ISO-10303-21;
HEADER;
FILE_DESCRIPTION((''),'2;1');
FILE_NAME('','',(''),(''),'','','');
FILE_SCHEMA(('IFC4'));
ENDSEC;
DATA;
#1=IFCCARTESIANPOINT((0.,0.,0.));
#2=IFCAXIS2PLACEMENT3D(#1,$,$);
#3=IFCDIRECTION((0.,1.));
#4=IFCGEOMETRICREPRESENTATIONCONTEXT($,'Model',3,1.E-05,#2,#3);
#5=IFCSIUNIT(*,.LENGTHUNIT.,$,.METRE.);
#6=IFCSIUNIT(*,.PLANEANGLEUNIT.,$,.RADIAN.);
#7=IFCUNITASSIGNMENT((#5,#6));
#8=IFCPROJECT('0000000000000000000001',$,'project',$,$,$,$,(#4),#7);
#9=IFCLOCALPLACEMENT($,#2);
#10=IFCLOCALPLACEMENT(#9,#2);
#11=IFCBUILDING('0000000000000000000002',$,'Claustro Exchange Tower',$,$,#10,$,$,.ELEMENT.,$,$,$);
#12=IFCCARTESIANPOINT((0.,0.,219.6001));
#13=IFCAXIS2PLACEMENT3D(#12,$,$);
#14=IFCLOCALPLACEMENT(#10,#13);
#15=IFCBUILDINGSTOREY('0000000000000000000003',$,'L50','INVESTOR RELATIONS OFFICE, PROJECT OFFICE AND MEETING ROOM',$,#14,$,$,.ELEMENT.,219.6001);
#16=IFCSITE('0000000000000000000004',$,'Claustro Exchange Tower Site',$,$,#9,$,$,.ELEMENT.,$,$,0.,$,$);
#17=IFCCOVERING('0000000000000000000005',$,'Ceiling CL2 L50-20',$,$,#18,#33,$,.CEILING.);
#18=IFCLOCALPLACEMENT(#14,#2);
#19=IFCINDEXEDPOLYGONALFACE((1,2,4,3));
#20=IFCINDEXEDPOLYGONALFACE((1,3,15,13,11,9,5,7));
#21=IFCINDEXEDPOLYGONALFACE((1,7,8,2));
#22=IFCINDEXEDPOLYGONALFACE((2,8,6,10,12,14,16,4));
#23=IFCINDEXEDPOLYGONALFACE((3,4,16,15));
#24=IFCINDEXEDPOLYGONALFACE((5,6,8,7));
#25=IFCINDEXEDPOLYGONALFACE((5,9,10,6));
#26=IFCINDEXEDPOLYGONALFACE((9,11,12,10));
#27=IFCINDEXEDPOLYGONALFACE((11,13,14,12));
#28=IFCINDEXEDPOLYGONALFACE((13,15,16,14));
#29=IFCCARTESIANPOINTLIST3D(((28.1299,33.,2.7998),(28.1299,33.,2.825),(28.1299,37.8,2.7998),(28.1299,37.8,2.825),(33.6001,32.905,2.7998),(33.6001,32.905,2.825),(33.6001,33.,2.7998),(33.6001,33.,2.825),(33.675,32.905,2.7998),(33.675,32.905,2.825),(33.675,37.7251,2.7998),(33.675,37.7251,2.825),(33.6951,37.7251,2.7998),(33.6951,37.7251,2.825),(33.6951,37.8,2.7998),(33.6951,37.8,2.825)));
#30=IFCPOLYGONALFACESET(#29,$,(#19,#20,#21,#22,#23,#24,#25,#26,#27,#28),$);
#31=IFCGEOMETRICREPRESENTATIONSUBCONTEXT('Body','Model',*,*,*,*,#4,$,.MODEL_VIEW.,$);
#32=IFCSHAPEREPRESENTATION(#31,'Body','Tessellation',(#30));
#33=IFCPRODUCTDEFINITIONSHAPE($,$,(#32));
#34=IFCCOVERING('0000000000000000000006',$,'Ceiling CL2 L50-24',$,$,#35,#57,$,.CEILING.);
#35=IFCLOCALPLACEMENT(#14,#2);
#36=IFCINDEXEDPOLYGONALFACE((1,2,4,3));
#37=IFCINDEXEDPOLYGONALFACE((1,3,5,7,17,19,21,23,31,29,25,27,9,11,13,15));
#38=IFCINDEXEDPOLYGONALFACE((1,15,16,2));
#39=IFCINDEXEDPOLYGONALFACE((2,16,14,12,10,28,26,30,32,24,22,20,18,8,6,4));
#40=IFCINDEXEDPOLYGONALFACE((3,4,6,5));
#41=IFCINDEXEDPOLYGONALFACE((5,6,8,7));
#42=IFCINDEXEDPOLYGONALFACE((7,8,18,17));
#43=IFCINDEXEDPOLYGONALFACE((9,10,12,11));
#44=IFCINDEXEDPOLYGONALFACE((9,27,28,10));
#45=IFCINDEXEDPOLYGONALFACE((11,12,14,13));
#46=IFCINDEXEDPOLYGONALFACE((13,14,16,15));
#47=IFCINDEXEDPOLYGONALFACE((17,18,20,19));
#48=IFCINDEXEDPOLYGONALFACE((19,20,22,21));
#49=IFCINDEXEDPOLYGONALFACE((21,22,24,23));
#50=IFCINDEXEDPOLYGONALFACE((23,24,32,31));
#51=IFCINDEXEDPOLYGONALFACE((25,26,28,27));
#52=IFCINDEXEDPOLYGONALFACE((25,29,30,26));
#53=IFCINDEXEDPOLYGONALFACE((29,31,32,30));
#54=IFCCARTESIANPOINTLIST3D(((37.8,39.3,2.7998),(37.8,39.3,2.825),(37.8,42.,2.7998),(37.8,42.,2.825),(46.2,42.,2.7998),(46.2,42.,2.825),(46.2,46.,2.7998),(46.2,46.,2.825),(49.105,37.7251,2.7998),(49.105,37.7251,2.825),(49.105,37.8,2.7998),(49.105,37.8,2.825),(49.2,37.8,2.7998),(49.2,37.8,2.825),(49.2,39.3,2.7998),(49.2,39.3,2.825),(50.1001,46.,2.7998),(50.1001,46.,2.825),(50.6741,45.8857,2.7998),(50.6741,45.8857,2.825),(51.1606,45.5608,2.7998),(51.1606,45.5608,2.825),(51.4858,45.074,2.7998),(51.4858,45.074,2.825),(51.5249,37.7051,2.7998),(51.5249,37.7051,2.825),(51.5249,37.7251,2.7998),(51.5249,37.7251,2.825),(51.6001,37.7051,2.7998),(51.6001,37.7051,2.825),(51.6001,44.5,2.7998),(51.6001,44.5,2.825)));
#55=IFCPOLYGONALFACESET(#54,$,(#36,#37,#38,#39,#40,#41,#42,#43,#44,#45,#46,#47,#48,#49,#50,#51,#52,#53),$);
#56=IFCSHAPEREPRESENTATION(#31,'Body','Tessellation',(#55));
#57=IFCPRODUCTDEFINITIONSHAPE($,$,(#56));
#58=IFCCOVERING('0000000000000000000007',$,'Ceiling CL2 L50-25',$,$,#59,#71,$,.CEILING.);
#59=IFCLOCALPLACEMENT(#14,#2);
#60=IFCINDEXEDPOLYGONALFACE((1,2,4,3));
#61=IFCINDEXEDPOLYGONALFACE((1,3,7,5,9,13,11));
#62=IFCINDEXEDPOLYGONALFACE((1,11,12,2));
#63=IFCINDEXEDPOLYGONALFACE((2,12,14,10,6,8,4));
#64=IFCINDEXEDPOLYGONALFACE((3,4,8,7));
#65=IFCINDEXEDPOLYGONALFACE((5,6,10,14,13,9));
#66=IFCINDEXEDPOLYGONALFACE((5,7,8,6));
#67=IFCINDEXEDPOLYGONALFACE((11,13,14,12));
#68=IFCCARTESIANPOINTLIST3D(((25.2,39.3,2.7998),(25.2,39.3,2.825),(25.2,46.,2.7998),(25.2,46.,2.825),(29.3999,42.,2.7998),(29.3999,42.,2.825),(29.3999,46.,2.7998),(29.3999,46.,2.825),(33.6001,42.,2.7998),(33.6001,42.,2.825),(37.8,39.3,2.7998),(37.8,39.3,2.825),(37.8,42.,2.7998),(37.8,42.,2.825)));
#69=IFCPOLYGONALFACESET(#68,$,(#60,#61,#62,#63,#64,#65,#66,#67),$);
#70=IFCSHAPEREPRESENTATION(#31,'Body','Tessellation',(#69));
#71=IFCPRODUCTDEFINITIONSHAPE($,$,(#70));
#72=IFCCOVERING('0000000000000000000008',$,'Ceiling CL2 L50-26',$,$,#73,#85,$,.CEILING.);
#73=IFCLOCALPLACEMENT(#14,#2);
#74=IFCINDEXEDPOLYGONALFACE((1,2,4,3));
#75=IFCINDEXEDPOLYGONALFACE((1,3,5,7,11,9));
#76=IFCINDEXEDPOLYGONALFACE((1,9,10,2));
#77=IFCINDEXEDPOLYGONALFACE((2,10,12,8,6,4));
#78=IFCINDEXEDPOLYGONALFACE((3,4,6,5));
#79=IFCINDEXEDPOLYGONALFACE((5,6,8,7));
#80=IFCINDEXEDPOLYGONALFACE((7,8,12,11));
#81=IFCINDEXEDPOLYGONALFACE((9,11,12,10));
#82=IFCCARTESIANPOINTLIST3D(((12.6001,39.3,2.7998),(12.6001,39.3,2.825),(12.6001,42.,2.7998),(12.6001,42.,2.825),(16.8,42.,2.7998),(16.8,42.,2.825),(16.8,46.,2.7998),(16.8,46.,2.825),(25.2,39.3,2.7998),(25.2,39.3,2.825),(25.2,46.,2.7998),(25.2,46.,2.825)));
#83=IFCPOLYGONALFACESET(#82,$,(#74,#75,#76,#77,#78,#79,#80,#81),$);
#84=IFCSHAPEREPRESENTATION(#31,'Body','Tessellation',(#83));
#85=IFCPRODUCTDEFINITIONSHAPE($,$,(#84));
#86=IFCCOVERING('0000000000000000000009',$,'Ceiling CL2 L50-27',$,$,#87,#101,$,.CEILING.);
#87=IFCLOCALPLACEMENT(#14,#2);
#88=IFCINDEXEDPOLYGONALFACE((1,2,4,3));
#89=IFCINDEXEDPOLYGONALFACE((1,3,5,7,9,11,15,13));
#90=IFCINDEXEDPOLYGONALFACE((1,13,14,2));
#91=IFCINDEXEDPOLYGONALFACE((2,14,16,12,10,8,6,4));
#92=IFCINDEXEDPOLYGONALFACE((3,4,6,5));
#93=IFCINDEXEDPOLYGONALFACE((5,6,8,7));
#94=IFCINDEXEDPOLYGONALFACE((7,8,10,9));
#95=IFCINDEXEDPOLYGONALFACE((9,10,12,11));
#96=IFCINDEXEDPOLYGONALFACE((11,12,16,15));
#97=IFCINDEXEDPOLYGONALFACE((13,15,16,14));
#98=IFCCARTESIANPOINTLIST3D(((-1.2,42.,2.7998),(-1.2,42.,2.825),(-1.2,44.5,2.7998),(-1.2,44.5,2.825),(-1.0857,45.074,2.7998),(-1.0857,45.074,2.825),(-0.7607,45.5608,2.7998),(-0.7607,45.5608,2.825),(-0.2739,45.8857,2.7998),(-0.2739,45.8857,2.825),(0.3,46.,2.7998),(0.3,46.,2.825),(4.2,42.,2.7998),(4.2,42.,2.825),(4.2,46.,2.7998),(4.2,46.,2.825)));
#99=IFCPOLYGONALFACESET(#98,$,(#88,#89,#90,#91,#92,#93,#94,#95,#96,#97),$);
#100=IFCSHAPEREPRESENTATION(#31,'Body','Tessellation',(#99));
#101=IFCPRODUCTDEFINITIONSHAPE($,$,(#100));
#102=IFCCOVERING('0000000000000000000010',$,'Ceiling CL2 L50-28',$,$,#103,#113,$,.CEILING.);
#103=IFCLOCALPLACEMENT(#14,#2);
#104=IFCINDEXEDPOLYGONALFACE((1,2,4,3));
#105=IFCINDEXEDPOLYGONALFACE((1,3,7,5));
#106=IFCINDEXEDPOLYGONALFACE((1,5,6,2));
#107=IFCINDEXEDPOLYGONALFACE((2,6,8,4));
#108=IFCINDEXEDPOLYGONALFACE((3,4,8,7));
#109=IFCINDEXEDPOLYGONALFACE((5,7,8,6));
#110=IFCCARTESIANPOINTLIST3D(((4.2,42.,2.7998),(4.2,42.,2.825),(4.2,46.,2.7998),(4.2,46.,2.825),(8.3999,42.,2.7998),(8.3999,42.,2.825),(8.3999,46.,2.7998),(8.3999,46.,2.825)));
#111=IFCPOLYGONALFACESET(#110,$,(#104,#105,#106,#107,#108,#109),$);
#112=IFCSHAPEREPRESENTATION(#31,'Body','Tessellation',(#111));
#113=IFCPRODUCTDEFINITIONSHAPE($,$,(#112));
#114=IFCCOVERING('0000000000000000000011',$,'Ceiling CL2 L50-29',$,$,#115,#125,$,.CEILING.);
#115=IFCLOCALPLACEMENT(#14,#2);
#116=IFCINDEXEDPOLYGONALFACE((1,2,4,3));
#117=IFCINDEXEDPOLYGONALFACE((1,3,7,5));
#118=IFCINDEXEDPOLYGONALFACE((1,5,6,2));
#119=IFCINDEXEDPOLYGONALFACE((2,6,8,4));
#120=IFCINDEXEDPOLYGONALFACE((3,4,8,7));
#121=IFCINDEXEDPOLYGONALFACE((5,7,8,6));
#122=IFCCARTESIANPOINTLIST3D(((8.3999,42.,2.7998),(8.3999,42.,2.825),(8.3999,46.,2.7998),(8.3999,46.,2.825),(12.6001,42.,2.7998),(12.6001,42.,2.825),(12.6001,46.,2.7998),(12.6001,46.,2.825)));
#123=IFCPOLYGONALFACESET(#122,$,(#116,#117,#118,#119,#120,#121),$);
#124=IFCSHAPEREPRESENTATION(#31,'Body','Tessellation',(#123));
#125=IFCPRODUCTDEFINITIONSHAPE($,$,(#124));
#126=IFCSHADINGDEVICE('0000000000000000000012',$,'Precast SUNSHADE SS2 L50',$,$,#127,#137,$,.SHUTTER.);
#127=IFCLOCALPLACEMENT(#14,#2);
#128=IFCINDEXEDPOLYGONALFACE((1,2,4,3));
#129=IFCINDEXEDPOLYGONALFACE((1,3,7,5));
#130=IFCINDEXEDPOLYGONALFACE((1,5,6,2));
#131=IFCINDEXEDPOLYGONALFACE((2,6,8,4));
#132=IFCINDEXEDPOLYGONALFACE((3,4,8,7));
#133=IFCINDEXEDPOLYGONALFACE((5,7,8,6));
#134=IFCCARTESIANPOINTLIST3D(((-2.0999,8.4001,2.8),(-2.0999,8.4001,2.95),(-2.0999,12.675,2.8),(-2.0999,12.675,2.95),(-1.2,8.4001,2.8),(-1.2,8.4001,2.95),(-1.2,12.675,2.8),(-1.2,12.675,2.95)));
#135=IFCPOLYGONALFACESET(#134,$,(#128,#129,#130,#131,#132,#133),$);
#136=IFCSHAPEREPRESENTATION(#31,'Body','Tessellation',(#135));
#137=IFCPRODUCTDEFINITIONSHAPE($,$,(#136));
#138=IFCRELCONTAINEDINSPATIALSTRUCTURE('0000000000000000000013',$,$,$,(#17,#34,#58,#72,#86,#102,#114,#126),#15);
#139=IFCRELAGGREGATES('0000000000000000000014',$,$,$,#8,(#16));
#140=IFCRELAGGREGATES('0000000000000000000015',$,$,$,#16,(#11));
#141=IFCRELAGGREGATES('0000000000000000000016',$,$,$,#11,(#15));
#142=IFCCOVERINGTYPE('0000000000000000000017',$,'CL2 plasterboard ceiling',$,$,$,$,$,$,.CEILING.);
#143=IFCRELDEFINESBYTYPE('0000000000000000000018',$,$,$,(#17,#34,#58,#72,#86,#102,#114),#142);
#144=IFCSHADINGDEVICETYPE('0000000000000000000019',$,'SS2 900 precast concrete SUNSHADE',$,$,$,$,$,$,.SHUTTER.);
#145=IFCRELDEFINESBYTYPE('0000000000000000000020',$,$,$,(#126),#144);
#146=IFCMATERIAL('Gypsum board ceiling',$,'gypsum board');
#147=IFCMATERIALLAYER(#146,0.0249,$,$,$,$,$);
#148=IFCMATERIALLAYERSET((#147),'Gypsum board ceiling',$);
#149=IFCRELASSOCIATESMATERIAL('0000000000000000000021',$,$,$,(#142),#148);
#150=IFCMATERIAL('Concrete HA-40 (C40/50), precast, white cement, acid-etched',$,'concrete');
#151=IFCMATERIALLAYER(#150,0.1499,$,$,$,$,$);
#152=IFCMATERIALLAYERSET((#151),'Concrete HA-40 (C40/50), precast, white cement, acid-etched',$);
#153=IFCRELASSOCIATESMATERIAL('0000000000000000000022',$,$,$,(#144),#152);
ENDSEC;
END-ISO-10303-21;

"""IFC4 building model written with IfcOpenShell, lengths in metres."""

from ifc_helpers import new_model, si_unit, direction, frame, origin, origin_2d, place, context, subcontext, project, spatial, polyline, rectangle, outline, extrude, material, layer, layer_set, type_object, element, save


model = new_model("IFC4")

# Units and contexts
model_context = context("Model", 3, precision=1e-05, world=origin(), true_north=direction((0.0, 1.0)))
body_context = subcontext(model_context, "Body", "Model", "MODEL_VIEW")
ifc_project = project(units=[si_unit("LENGTHUNIT", "METRE"), si_unit("PLANEANGLEUNIT", "RADIAN")], contexts=[model_context])

# Site, building, storey
site_placement = place(None, origin())
site = spatial("IfcSite", under=ifc_project, at=site_placement, Name="Claustro Exchange Tower Site", CompositionType="ELEMENT", RefElevation=0.0)
building_placement = place(site_placement, origin())
building = spatial("IfcBuilding", under=site, at=building_placement, Name="Claustro Exchange Tower", CompositionType="ELEMENT")
storey_placement = place(building_placement, frame((0.0, 0.0, 219.6001)))
storey = spatial("IfcBuildingStorey", under=building, at=storey_placement, Name="L50", Description="INVESTOR RELATIONS OFFICE, PROJECT OFFICE AND MEETING ROOM", CompositionType="ELEMENT", Elevation=219.6001)

# Coverings
ifc_material_1 = material(Name="Gypsum board ceiling", Category="gypsum board")
ifc_layer_1 = layer(ifc_material_1, 0.0249)
ifc_layer_set_1 = layer_set([ifc_layer_1], Name="Gypsum board ceiling")
covering_type_1 = type_object("IfcCoveringType", Name="CL2 plasterboard ceiling", PredefinedType="CEILING", material=ifc_layer_set_1)
covering_1_placement = place(storey_placement, frame((0.0, 0.0, 2.7998)))
element("IfcCovering", 1, at=covering_1_placement, inside=storey, type_object=covering_type_1, Name="Ceiling CL2 L50-20", PredefinedType="CEILING", context=body_context, shape_type="SweptSolid", body=[
    extrude(outline(polyline([(33.6001, 33.0), (33.6001, 32.905), (33.675, 32.905), (33.675, 37.7251), (33.6951, 37.7251), (33.6951, 37.8), (28.1299, 37.8), (28.1299, 33.0), (33.6001, 33.0)])), origin(), (0.0, 0.0, 1.0), 0.0251),
])
covering_2_placement = place(storey_placement, frame((0.0, 0.0, 2.7998)))
element("IfcCovering", 2, at=covering_2_placement, inside=storey, type_object=covering_type_1, Name="Ceiling CL2 L50-24", PredefinedType="CEILING", context=body_context, shape_type="SweptSolid", body=[
    extrude(outline(polyline([(51.5249, 37.7251), (51.5249, 37.7051), (51.6001, 37.7051), (51.6001, 44.5), (51.4858, 45.074), (51.1606, 45.5608), (50.6741, 45.8857), (50.1001, 46.0), (46.2, 46.0), (46.2, 42.0), (37.8, 42.0), (37.8, 39.3), (49.2, 39.3), (49.2, 37.8), (49.105, 37.8), (49.105, 37.7251), (51.5249, 37.7251)])), origin(), (0.0, 0.0, 1.0), 0.0251),
])
covering_3_placement = place(storey_placement, frame((0.0, 0.0, 2.7998)))
element("IfcCovering", 3, at=covering_3_placement, inside=storey, type_object=covering_type_1, Name="Ceiling CL2 L50-25", PredefinedType="CEILING", context=body_context, shape_type="SweptSolid", body=[
    extrude(outline(polyline([(29.3999, 46.0), (25.2, 46.0), (25.2, 39.3), (37.8, 39.3), (37.8, 42.0), (33.6001, 42.0), (29.3999, 42.0), (29.3999, 46.0)])), origin(), (0.0, 0.0, 1.0), 0.0251),
])
covering_4_placement = place(storey_placement, frame((0.0, 0.0, 2.7998)))
element("IfcCovering", 4, at=covering_4_placement, inside=storey, type_object=covering_type_1, Name="Ceiling CL2 L50-26", PredefinedType="CEILING", context=body_context, shape_type="SweptSolid", body=[
    extrude(outline(polyline([(25.2, 46.0), (16.8, 46.0), (16.8, 42.0), (12.6001, 42.0), (12.6001, 39.3), (25.2, 39.3), (25.2, 46.0)])), origin(), (0.0, 0.0, 1.0), 0.0251),
])
covering_5_placement = place(storey_placement, frame((0.0, 0.0, 2.7998)))
element("IfcCovering", 5, at=covering_5_placement, inside=storey, type_object=covering_type_1, Name="Ceiling CL2 L50-27", PredefinedType="CEILING", context=body_context, shape_type="SweptSolid", body=[
    extrude(outline(polyline([(-1.2, 44.5), (-1.2, 42.0), (4.2, 42.0), (4.2, 46.0), (0.3, 46.0), (-0.2739, 45.8857), (-0.7607, 45.5608), (-1.0857, 45.074), (-1.2, 44.5)])), origin(), (0.0, 0.0, 1.0), 0.0251),
])
covering_6_placement = place(storey_placement, frame((0.0, 0.0, 2.7998)))
element("IfcCovering", 6, at=covering_6_placement, inside=storey, type_object=covering_type_1, Name="Ceiling CL2 L50-28", PredefinedType="CEILING", context=body_context, shape_type="SweptSolid", body=[
    extrude(outline(polyline([(8.3999, 46.0), (4.2, 46.0), (4.2, 42.0), (8.3999, 42.0), (8.3999, 46.0)])), origin(), (0.0, 0.0, 1.0), 0.0251),
])
covering_7_placement = place(storey_placement, frame((0.0, 0.0, 2.7998)))
element("IfcCovering", 7, at=covering_7_placement, inside=storey, type_object=covering_type_1, Name="Ceiling CL2 L50-29", PredefinedType="CEILING", context=body_context, shape_type="SweptSolid", body=[
    extrude(outline(polyline([(12.6001, 46.0), (8.3999, 46.0), (8.3999, 42.0), (12.6001, 42.0), (12.6001, 46.0)])), origin(), (0.0, 0.0, 1.0), 0.0251),
])

# Shading device
ifc_material_2 = material(Name="Concrete HA-40 (C40/50), precast, white cement, acid-etched", Category="concrete")
ifc_layer_2 = layer(ifc_material_2, 0.1499)
ifc_layer_set_2 = layer_set([ifc_layer_2], Name="Concrete HA-40 (C40/50), precast, white cement, acid-etched")
shading_device_type = type_object("IfcShadingDeviceType", Name="SS2 900 precast concrete SUNSHADE", PredefinedType="SHUTTER", material=ifc_layer_set_2)
shading_device_placement = place(storey_placement, frame((-1.6499, 10.5376, 2.8), z_axis=(0.0, 0.0, 1.0), x_axis=(0.0, 1.0, 0.0)))
element("IfcShadingDevice", 8, at=shading_device_placement, inside=storey, type_object=shading_device_type, Name="Precast SUNSHADE SS2 L50", PredefinedType="SHUTTER", context=body_context, shape_type="SweptSolid", body=[
    extrude(rectangle(XDim=4.2749, YDim=0.8999, at=origin_2d()), origin(), (0.0, 0.0, 1.0), 0.1499),
])

save(model, "model.ifc")
